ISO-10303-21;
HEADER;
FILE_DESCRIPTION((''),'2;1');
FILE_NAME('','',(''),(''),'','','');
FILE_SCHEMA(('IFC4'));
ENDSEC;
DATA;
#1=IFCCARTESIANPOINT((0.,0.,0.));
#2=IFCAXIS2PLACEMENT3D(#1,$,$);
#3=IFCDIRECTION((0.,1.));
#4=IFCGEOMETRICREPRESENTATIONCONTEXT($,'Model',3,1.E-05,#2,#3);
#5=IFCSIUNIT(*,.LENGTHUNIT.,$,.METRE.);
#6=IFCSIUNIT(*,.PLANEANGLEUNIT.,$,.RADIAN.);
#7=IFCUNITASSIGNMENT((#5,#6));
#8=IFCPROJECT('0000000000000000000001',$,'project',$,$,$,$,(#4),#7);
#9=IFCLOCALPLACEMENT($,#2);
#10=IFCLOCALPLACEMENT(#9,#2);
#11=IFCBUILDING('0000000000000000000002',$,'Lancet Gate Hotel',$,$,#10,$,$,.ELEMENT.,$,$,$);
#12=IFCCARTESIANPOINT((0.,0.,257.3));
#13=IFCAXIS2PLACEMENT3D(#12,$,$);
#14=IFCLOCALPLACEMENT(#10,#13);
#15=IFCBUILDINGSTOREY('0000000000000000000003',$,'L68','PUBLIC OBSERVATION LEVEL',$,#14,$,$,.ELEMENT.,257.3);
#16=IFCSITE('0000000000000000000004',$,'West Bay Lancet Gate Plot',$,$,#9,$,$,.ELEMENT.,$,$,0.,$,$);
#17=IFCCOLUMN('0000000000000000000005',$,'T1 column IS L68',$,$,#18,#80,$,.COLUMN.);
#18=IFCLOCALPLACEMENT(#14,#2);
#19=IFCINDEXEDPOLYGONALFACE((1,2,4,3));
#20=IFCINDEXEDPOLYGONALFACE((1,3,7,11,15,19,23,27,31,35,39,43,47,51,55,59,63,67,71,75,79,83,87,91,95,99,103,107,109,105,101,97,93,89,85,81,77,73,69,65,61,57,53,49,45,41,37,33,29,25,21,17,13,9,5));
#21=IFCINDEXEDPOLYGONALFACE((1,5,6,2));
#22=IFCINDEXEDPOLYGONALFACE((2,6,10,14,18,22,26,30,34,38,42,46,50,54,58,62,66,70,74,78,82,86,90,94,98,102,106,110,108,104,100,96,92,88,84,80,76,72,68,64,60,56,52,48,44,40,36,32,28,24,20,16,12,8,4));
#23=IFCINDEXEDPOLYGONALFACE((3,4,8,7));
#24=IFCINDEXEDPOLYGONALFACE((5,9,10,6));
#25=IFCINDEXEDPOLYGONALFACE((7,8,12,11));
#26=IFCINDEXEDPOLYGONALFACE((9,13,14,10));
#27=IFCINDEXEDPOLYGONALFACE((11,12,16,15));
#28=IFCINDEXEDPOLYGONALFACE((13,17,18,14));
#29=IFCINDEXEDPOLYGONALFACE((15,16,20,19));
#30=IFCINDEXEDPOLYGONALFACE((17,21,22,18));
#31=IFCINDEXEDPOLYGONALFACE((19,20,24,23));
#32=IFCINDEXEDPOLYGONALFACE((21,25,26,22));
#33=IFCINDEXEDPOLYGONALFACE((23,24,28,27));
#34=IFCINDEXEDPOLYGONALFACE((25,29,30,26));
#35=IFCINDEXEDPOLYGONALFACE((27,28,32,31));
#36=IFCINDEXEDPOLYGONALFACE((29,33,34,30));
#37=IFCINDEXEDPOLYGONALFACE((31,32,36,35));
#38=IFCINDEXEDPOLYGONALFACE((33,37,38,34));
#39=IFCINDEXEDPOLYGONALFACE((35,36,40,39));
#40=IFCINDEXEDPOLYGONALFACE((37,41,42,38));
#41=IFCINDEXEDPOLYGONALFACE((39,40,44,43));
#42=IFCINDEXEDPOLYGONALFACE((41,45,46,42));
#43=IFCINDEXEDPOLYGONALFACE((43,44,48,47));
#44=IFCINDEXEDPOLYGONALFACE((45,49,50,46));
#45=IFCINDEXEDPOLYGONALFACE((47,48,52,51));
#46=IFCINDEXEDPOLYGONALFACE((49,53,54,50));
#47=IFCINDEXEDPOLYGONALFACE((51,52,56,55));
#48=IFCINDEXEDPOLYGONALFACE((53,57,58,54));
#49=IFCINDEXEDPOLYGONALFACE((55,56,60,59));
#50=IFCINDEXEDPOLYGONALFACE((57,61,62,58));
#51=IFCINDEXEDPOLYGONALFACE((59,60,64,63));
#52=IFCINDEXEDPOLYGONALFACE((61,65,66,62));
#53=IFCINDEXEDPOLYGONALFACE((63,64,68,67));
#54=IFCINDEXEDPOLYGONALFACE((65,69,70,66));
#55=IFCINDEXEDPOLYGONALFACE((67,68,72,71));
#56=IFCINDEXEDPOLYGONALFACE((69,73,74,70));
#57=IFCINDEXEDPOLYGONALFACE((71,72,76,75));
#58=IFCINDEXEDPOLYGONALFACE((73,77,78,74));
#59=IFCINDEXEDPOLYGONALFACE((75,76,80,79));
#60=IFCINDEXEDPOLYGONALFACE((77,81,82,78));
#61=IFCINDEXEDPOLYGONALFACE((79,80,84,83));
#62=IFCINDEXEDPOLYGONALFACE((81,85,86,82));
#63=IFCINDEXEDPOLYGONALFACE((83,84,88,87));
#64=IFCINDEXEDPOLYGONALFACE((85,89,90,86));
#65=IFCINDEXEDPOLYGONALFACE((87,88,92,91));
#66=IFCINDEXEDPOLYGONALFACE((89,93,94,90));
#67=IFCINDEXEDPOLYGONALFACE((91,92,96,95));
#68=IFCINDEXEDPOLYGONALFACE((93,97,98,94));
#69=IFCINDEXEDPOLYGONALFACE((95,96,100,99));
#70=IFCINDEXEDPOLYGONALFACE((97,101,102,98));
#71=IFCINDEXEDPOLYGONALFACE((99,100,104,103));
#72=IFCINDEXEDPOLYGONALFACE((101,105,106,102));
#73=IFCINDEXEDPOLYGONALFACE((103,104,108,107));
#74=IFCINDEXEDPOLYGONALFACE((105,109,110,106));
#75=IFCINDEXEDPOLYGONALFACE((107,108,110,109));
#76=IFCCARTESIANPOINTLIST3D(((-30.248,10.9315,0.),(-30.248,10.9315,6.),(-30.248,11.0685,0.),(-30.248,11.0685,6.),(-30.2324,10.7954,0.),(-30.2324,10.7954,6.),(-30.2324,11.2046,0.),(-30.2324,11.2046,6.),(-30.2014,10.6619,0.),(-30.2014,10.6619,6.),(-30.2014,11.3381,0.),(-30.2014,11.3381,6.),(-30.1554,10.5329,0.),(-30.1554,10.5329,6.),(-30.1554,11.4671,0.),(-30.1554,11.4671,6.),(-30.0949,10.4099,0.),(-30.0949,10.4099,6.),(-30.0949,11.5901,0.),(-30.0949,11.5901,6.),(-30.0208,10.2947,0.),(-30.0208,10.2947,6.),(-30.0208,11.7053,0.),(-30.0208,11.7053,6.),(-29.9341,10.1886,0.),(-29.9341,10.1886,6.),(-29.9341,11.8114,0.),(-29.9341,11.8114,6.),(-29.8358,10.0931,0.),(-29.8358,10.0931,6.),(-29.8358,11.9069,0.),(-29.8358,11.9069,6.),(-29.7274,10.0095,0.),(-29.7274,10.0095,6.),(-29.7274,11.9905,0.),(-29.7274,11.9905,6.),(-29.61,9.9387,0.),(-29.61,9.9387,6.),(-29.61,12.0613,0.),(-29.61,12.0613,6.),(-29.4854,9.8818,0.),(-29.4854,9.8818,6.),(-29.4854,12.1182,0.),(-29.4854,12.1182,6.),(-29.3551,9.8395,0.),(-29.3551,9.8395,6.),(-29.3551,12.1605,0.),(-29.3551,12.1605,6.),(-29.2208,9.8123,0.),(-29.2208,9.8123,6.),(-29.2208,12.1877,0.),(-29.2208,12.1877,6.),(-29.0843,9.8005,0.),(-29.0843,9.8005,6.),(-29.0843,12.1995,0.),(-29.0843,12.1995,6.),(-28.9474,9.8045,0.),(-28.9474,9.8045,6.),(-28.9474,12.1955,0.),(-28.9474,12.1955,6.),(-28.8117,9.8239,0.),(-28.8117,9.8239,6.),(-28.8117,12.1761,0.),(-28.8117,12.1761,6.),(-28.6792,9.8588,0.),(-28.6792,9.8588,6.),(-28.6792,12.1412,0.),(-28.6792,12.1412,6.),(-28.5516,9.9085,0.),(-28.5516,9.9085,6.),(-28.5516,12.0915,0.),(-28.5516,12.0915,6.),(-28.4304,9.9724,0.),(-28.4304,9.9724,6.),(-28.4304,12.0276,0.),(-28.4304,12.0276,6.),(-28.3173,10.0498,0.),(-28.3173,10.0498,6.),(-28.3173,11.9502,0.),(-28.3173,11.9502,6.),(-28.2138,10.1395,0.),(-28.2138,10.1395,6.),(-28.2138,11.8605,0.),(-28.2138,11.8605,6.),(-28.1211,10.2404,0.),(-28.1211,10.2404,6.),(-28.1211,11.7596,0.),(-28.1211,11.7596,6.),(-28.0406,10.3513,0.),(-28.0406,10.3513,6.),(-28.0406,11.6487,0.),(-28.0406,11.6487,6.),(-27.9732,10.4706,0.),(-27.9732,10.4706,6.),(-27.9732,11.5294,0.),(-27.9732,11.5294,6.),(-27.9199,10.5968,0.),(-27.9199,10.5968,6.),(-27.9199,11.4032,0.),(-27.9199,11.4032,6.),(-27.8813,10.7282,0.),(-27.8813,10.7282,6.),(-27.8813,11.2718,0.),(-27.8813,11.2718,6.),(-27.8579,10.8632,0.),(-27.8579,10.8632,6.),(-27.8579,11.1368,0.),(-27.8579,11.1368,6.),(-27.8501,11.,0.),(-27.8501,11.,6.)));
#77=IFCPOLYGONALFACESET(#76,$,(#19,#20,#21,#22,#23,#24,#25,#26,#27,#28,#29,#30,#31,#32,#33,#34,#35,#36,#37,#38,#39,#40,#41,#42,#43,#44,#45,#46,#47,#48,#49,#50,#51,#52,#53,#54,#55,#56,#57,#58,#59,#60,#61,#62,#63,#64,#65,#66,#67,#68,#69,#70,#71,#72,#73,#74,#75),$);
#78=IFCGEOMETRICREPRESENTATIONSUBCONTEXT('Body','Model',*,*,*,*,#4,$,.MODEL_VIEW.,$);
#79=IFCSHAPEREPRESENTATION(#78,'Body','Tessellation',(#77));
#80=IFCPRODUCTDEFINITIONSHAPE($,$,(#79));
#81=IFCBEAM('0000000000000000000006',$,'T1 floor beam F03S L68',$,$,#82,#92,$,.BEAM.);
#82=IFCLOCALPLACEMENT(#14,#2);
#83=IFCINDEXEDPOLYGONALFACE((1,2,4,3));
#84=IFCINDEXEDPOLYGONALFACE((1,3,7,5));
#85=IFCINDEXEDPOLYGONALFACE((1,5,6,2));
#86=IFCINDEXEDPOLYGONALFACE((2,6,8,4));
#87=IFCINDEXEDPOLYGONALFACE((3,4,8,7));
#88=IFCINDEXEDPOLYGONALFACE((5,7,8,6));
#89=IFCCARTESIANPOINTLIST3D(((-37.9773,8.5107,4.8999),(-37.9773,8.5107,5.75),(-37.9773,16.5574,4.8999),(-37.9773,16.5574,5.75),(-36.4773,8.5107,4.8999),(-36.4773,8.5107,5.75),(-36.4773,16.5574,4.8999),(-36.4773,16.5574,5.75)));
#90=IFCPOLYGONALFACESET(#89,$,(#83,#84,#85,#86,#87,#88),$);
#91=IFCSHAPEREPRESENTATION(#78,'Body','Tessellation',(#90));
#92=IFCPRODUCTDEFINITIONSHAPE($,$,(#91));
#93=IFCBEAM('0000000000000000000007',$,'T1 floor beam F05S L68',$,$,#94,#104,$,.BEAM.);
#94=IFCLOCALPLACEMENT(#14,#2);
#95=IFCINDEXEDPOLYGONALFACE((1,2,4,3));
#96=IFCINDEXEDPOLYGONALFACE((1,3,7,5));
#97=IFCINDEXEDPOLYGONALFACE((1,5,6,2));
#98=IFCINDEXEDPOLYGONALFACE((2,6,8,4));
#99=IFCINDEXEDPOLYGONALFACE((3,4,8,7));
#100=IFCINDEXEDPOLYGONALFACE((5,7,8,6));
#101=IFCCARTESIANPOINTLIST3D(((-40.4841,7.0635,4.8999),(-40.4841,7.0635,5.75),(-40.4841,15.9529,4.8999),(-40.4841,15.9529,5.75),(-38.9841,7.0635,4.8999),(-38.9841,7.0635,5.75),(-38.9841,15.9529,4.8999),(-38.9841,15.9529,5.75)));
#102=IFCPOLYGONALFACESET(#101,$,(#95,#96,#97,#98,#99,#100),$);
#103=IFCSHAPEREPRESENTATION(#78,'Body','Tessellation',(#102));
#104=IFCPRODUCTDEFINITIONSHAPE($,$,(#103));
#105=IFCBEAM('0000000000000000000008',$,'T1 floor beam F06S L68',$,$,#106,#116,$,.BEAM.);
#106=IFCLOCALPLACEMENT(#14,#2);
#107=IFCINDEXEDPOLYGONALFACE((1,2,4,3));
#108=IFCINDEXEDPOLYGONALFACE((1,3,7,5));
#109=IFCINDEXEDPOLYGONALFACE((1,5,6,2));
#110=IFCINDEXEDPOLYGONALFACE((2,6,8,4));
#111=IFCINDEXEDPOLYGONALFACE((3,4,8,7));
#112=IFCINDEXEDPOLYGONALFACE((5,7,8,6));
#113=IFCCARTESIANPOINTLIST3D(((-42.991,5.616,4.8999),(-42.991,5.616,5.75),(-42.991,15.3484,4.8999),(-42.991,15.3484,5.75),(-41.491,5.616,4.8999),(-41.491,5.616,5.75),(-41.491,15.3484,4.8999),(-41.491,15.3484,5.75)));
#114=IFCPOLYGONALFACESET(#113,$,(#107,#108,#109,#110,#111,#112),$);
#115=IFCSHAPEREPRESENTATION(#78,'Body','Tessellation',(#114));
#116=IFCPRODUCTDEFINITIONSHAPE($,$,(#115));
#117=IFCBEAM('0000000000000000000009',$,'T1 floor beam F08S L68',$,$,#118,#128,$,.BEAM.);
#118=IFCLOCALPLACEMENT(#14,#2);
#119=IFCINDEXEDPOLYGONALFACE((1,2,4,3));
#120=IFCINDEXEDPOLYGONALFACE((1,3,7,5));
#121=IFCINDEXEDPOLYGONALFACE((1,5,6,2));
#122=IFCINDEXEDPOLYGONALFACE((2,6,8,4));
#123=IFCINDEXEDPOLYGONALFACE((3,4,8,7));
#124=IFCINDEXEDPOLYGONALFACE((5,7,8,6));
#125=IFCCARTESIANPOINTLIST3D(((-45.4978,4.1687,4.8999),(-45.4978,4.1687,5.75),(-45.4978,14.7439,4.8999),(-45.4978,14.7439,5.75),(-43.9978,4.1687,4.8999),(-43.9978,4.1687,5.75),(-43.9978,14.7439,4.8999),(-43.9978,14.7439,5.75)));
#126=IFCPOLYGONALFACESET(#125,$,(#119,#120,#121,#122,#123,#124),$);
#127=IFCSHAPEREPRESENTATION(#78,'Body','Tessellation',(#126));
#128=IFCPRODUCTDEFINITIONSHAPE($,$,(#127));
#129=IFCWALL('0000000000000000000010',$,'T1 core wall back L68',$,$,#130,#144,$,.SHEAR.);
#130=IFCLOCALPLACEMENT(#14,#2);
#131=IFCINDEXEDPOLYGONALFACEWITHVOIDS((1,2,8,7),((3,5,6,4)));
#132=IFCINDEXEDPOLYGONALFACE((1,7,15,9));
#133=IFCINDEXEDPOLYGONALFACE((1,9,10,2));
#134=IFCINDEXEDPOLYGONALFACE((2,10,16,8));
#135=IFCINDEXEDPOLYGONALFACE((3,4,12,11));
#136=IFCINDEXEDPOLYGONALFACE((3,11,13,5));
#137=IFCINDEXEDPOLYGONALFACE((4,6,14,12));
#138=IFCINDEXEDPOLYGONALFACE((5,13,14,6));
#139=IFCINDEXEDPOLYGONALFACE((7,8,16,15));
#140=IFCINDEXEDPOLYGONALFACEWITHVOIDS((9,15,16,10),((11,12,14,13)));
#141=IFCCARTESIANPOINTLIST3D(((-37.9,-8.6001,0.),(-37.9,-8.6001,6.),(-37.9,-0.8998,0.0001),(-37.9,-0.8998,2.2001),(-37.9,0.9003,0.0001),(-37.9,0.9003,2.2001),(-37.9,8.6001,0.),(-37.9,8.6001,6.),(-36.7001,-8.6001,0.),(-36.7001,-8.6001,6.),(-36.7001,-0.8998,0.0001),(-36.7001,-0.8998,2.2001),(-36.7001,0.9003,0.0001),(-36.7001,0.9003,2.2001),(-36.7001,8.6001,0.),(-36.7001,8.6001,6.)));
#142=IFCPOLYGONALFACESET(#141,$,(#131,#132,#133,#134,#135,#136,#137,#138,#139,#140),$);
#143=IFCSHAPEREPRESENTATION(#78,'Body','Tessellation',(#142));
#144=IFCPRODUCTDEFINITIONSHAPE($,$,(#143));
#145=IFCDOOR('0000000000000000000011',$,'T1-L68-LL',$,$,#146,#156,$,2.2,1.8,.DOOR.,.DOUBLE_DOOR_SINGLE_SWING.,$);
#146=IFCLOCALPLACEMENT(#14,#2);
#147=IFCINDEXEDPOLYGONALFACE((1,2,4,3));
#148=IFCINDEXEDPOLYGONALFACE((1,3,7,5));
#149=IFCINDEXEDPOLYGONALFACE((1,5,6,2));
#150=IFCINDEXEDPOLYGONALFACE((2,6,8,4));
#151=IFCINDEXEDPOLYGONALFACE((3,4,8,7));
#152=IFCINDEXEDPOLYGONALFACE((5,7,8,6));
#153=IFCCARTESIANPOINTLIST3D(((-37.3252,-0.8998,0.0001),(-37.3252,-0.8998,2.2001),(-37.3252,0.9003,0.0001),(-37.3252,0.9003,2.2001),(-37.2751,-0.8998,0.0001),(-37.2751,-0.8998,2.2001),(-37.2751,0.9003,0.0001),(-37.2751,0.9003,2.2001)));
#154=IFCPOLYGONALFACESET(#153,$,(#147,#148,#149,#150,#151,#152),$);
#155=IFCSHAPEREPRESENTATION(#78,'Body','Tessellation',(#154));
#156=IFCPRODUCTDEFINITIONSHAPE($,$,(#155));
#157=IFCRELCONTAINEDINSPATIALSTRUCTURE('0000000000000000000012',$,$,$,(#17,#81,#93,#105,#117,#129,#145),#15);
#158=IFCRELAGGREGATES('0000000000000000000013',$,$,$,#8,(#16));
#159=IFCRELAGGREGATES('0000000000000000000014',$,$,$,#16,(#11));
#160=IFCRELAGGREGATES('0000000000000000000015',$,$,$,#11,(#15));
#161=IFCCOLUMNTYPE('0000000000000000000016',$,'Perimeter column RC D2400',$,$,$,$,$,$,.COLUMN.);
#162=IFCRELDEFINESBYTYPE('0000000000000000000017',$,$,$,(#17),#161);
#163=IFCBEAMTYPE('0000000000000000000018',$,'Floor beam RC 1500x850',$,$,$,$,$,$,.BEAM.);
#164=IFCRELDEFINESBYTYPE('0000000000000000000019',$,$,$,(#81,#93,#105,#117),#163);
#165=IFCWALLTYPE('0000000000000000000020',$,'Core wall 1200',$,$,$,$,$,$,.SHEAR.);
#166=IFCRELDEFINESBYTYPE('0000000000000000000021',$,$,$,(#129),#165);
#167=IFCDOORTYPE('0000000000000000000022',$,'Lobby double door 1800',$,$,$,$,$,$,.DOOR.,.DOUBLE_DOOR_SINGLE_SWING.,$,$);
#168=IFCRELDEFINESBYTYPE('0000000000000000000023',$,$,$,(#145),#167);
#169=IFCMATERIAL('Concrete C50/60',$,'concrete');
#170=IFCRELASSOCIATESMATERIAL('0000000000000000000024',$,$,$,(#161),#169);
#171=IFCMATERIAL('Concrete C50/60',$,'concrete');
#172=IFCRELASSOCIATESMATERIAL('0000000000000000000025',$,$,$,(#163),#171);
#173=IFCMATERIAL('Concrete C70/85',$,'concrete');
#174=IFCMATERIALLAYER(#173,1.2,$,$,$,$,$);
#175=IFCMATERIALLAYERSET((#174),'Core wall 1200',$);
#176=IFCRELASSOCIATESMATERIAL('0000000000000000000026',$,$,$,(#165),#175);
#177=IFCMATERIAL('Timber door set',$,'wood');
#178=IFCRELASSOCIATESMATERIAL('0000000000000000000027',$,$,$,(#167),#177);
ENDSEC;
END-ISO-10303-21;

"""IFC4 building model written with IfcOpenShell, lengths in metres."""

from ifc_helpers import new_model, si_unit, direction, frame, frame_2d, origin, origin_2d, place, context, subcontext, project, spatial, rectangle, circle, extrude, material, layer, layer_set, material_profile, profile_set, type_object, element, fill, save


model = new_model("IFC4")

# Units and contexts
model_context = context("Model", 3, precision=1e-05, world=origin(), true_north=direction((0.0, 1.0)))
body_context = subcontext(model_context, "Body", "Model", "MODEL_VIEW")
ifc_project = project(units=[si_unit("LENGTHUNIT", "METRE"), si_unit("PLANEANGLEUNIT", "RADIAN")], contexts=[model_context])

# Site, building, storey
site_placement = place(None, origin())
site = spatial("IfcSite", under=ifc_project, at=site_placement, Name="West Bay Lancet Gate Plot", CompositionType="ELEMENT", RefElevation=0.0)
building_placement = place(site_placement, origin())
building = spatial("IfcBuilding", under=site, at=building_placement, Name="Lancet Gate Hotel", CompositionType="ELEMENT")
storey_placement = place(building_placement, frame((0.0, 0.0, 257.3)))
storey = spatial("IfcBuildingStorey", under=building, at=storey_placement, Name="L68", Description="PUBLIC OBSERVATION LEVEL", CompositionType="ELEMENT", Elevation=257.3)

# Column
ifc_material_1 = material(Name="Concrete C50/60", Category="concrete")
ifc_material_profile_1 = material_profile(ifc_material_1, circle(Radius=1.2, at=origin_2d()), Name="RC D2400")
ifc_profile_set_1 = profile_set([ifc_material_profile_1], Name="Concrete C50/60")
column_type = type_object("IfcColumnType", Name="Perimeter column RC D2400", PredefinedType="COLUMN", material=ifc_profile_set_1)
column_placement = place(storey_placement, frame((-29.05, 11.0, 0.0), z_axis=(0.0, 0.0, 1.0), x_axis=(1.0, 0.0, 0.0)))
element("IfcColumn", 1, at=column_placement, inside=storey, type_object=column_type, Name="T1 column IS L68", PredefinedType="COLUMN", context=body_context, shape_type="SweptSolid", body=[
    extrude(circle(Radius=1.2, at=origin_2d()), origin(), (0.0, 0.0, 1.0), 6.0),
])

# Beams
ifc_material_2 = material(Name="Concrete C50/60", Category="concrete")
ifc_material_profile_2 = material_profile(ifc_material_2, rectangle(XDim=1.5, YDim=0.8501, at=origin_2d()), Name="RC 1500x850")
ifc_profile_set_2 = profile_set([ifc_material_profile_2], Name="Concrete C50/60")
beam_type = type_object("IfcBeamType", Name="Floor beam RC 1500x850", PredefinedType="BEAM", material=ifc_profile_set_2)
beam_1_placement = place(storey_placement, frame((-37.2273, 16.5574, 5.325), z_axis=(0.0, -1.0, 0.0), x_axis=(1.0, 0.0, 0.0)))
element("IfcBeam", 2, at=beam_1_placement, inside=storey, type_object=beam_type, Name="T1 floor beam F03S L68", PredefinedType="BEAM", context=body_context, shape_type="SweptSolid", body=[
    extrude(rectangle(XDim=1.5, YDim=0.8501, at=origin_2d()), origin(), (0.0, 0.0, 1.0), 8.0466),
])
beam_2_placement = place(storey_placement, frame((-39.7341, 15.9529, 5.325), z_axis=(0.0, -1.0, 0.0), x_axis=(1.0, 0.0, 0.0)))
element("IfcBeam", 3, at=beam_2_placement, inside=storey, type_object=beam_type, Name="T1 floor beam F05S L68", PredefinedType="BEAM", context=body_context, shape_type="SweptSolid", body=[
    extrude(rectangle(XDim=1.5, YDim=0.8501, at=origin_2d()), origin(), (0.0, 0.0, 1.0), 8.8894),
])
beam_3_placement = place(storey_placement, frame((-42.241, 15.3484, 5.325), z_axis=(0.0, -1.0, 0.0), x_axis=(1.0, 0.0, 0.0)))
element("IfcBeam", 4, at=beam_3_placement, inside=storey, type_object=beam_type, Name="T1 floor beam F06S L68", PredefinedType="BEAM", context=body_context, shape_type="SweptSolid", body=[
    extrude(rectangle(XDim=1.5, YDim=0.8501, at=origin_2d()), origin(), (0.0, 0.0, 1.0), 9.7324),
])
beam_4_placement = place(storey_placement, frame((-44.7478, 14.7439, 5.325), z_axis=(0.0, -1.0, 0.0), x_axis=(1.0, 0.0, 0.0)))
element("IfcBeam", 5, at=beam_4_placement, inside=storey, type_object=beam_type, Name="T1 floor beam F08S L68", PredefinedType="BEAM", context=body_context, shape_type="SweptSolid", body=[
    extrude(rectangle(XDim=1.5, YDim=0.8501, at=origin_2d()), origin(), (0.0, 0.0, 1.0), 10.5752),
])

# Wall, opening, door
ifc_material_3 = material(Name="Concrete C70/85", Category="concrete")
ifc_layer_1 = layer(ifc_material_3, 1.2)
ifc_layer_set_1 = layer_set([ifc_layer_1], Name="Core wall 1200")
wall_type_1 = type_object("IfcWallType", Name="Core wall 1200", PredefinedType="SHEAR", material=ifc_layer_set_1)
wall_1_placement = place(storey_placement, frame((-37.3, 8.6001, 0.0), z_axis=(0.0, 0.0, 1.0), x_axis=(0.0, -1.0, 0.0)))
wall_1 = element("IfcWall", 6, at=wall_1_placement, inside=storey, type_object=wall_type_1, Name="T1 core wall back L68", PredefinedType="SHEAR", context=body_context, shape_type="SweptSolid", body=[
    extrude(rectangle(XDim=17.2002, YDim=1.2, at=frame_2d((8.6001, 0.0))), origin(), (0.0, 0.0, 1.0), 6.0),
])
opening_1_placement = place(wall_1_placement, frame((7.7, 0.0, 0.0)))
opening_1 = element("IfcOpeningElement", 7, at=opening_1_placement, cuts=wall_1, PredefinedType="OPENING", context=body_context, shape_type="SweptSolid", body=[
    extrude(rectangle(XDim=1.8, YDim=2.2, at=frame_2d((0.8999, 1.1001))), frame((0.0, 0.6099, 0.0), z_axis=(0.0, -1.0, 0.0), x_axis=(1.0, 0.0, 0.0)), (0.0, 0.0, 1.0), 1.22),
])
ifc_material_4 = material(Name="Timber door set", Category="wood")
door_type_1 = type_object("IfcDoorType", Name="Lobby double door 1800", OperationType="DOUBLE_DOOR_SINGLE_SWING", PredefinedType="DOOR", material=ifc_material_4)
door_1_placement = place(opening_1_placement, origin())
door_1 = element("IfcDoor", 8, at=door_1_placement, inside=storey, type_object=door_type_1, Name="T1-L68-LL", OperationType="DOUBLE_DOOR_SINGLE_SWING", OverallHeight=2.2, OverallWidth=1.8, PredefinedType="DOOR", context=body_context, shape_type="SweptSolid", body=[
    extrude(rectangle(XDim=1.8, YDim=2.2, at=frame_2d((0.8999, 1.1001))), frame((0.0, 0.0249, 0.0), z_axis=(0.0, -1.0, 0.0), x_axis=(1.0, 0.0, 0.0)), (0.0, 0.0, 1.0), 0.05),
])
fill(opening_1, door_1)

save(model, "model.ifc")
